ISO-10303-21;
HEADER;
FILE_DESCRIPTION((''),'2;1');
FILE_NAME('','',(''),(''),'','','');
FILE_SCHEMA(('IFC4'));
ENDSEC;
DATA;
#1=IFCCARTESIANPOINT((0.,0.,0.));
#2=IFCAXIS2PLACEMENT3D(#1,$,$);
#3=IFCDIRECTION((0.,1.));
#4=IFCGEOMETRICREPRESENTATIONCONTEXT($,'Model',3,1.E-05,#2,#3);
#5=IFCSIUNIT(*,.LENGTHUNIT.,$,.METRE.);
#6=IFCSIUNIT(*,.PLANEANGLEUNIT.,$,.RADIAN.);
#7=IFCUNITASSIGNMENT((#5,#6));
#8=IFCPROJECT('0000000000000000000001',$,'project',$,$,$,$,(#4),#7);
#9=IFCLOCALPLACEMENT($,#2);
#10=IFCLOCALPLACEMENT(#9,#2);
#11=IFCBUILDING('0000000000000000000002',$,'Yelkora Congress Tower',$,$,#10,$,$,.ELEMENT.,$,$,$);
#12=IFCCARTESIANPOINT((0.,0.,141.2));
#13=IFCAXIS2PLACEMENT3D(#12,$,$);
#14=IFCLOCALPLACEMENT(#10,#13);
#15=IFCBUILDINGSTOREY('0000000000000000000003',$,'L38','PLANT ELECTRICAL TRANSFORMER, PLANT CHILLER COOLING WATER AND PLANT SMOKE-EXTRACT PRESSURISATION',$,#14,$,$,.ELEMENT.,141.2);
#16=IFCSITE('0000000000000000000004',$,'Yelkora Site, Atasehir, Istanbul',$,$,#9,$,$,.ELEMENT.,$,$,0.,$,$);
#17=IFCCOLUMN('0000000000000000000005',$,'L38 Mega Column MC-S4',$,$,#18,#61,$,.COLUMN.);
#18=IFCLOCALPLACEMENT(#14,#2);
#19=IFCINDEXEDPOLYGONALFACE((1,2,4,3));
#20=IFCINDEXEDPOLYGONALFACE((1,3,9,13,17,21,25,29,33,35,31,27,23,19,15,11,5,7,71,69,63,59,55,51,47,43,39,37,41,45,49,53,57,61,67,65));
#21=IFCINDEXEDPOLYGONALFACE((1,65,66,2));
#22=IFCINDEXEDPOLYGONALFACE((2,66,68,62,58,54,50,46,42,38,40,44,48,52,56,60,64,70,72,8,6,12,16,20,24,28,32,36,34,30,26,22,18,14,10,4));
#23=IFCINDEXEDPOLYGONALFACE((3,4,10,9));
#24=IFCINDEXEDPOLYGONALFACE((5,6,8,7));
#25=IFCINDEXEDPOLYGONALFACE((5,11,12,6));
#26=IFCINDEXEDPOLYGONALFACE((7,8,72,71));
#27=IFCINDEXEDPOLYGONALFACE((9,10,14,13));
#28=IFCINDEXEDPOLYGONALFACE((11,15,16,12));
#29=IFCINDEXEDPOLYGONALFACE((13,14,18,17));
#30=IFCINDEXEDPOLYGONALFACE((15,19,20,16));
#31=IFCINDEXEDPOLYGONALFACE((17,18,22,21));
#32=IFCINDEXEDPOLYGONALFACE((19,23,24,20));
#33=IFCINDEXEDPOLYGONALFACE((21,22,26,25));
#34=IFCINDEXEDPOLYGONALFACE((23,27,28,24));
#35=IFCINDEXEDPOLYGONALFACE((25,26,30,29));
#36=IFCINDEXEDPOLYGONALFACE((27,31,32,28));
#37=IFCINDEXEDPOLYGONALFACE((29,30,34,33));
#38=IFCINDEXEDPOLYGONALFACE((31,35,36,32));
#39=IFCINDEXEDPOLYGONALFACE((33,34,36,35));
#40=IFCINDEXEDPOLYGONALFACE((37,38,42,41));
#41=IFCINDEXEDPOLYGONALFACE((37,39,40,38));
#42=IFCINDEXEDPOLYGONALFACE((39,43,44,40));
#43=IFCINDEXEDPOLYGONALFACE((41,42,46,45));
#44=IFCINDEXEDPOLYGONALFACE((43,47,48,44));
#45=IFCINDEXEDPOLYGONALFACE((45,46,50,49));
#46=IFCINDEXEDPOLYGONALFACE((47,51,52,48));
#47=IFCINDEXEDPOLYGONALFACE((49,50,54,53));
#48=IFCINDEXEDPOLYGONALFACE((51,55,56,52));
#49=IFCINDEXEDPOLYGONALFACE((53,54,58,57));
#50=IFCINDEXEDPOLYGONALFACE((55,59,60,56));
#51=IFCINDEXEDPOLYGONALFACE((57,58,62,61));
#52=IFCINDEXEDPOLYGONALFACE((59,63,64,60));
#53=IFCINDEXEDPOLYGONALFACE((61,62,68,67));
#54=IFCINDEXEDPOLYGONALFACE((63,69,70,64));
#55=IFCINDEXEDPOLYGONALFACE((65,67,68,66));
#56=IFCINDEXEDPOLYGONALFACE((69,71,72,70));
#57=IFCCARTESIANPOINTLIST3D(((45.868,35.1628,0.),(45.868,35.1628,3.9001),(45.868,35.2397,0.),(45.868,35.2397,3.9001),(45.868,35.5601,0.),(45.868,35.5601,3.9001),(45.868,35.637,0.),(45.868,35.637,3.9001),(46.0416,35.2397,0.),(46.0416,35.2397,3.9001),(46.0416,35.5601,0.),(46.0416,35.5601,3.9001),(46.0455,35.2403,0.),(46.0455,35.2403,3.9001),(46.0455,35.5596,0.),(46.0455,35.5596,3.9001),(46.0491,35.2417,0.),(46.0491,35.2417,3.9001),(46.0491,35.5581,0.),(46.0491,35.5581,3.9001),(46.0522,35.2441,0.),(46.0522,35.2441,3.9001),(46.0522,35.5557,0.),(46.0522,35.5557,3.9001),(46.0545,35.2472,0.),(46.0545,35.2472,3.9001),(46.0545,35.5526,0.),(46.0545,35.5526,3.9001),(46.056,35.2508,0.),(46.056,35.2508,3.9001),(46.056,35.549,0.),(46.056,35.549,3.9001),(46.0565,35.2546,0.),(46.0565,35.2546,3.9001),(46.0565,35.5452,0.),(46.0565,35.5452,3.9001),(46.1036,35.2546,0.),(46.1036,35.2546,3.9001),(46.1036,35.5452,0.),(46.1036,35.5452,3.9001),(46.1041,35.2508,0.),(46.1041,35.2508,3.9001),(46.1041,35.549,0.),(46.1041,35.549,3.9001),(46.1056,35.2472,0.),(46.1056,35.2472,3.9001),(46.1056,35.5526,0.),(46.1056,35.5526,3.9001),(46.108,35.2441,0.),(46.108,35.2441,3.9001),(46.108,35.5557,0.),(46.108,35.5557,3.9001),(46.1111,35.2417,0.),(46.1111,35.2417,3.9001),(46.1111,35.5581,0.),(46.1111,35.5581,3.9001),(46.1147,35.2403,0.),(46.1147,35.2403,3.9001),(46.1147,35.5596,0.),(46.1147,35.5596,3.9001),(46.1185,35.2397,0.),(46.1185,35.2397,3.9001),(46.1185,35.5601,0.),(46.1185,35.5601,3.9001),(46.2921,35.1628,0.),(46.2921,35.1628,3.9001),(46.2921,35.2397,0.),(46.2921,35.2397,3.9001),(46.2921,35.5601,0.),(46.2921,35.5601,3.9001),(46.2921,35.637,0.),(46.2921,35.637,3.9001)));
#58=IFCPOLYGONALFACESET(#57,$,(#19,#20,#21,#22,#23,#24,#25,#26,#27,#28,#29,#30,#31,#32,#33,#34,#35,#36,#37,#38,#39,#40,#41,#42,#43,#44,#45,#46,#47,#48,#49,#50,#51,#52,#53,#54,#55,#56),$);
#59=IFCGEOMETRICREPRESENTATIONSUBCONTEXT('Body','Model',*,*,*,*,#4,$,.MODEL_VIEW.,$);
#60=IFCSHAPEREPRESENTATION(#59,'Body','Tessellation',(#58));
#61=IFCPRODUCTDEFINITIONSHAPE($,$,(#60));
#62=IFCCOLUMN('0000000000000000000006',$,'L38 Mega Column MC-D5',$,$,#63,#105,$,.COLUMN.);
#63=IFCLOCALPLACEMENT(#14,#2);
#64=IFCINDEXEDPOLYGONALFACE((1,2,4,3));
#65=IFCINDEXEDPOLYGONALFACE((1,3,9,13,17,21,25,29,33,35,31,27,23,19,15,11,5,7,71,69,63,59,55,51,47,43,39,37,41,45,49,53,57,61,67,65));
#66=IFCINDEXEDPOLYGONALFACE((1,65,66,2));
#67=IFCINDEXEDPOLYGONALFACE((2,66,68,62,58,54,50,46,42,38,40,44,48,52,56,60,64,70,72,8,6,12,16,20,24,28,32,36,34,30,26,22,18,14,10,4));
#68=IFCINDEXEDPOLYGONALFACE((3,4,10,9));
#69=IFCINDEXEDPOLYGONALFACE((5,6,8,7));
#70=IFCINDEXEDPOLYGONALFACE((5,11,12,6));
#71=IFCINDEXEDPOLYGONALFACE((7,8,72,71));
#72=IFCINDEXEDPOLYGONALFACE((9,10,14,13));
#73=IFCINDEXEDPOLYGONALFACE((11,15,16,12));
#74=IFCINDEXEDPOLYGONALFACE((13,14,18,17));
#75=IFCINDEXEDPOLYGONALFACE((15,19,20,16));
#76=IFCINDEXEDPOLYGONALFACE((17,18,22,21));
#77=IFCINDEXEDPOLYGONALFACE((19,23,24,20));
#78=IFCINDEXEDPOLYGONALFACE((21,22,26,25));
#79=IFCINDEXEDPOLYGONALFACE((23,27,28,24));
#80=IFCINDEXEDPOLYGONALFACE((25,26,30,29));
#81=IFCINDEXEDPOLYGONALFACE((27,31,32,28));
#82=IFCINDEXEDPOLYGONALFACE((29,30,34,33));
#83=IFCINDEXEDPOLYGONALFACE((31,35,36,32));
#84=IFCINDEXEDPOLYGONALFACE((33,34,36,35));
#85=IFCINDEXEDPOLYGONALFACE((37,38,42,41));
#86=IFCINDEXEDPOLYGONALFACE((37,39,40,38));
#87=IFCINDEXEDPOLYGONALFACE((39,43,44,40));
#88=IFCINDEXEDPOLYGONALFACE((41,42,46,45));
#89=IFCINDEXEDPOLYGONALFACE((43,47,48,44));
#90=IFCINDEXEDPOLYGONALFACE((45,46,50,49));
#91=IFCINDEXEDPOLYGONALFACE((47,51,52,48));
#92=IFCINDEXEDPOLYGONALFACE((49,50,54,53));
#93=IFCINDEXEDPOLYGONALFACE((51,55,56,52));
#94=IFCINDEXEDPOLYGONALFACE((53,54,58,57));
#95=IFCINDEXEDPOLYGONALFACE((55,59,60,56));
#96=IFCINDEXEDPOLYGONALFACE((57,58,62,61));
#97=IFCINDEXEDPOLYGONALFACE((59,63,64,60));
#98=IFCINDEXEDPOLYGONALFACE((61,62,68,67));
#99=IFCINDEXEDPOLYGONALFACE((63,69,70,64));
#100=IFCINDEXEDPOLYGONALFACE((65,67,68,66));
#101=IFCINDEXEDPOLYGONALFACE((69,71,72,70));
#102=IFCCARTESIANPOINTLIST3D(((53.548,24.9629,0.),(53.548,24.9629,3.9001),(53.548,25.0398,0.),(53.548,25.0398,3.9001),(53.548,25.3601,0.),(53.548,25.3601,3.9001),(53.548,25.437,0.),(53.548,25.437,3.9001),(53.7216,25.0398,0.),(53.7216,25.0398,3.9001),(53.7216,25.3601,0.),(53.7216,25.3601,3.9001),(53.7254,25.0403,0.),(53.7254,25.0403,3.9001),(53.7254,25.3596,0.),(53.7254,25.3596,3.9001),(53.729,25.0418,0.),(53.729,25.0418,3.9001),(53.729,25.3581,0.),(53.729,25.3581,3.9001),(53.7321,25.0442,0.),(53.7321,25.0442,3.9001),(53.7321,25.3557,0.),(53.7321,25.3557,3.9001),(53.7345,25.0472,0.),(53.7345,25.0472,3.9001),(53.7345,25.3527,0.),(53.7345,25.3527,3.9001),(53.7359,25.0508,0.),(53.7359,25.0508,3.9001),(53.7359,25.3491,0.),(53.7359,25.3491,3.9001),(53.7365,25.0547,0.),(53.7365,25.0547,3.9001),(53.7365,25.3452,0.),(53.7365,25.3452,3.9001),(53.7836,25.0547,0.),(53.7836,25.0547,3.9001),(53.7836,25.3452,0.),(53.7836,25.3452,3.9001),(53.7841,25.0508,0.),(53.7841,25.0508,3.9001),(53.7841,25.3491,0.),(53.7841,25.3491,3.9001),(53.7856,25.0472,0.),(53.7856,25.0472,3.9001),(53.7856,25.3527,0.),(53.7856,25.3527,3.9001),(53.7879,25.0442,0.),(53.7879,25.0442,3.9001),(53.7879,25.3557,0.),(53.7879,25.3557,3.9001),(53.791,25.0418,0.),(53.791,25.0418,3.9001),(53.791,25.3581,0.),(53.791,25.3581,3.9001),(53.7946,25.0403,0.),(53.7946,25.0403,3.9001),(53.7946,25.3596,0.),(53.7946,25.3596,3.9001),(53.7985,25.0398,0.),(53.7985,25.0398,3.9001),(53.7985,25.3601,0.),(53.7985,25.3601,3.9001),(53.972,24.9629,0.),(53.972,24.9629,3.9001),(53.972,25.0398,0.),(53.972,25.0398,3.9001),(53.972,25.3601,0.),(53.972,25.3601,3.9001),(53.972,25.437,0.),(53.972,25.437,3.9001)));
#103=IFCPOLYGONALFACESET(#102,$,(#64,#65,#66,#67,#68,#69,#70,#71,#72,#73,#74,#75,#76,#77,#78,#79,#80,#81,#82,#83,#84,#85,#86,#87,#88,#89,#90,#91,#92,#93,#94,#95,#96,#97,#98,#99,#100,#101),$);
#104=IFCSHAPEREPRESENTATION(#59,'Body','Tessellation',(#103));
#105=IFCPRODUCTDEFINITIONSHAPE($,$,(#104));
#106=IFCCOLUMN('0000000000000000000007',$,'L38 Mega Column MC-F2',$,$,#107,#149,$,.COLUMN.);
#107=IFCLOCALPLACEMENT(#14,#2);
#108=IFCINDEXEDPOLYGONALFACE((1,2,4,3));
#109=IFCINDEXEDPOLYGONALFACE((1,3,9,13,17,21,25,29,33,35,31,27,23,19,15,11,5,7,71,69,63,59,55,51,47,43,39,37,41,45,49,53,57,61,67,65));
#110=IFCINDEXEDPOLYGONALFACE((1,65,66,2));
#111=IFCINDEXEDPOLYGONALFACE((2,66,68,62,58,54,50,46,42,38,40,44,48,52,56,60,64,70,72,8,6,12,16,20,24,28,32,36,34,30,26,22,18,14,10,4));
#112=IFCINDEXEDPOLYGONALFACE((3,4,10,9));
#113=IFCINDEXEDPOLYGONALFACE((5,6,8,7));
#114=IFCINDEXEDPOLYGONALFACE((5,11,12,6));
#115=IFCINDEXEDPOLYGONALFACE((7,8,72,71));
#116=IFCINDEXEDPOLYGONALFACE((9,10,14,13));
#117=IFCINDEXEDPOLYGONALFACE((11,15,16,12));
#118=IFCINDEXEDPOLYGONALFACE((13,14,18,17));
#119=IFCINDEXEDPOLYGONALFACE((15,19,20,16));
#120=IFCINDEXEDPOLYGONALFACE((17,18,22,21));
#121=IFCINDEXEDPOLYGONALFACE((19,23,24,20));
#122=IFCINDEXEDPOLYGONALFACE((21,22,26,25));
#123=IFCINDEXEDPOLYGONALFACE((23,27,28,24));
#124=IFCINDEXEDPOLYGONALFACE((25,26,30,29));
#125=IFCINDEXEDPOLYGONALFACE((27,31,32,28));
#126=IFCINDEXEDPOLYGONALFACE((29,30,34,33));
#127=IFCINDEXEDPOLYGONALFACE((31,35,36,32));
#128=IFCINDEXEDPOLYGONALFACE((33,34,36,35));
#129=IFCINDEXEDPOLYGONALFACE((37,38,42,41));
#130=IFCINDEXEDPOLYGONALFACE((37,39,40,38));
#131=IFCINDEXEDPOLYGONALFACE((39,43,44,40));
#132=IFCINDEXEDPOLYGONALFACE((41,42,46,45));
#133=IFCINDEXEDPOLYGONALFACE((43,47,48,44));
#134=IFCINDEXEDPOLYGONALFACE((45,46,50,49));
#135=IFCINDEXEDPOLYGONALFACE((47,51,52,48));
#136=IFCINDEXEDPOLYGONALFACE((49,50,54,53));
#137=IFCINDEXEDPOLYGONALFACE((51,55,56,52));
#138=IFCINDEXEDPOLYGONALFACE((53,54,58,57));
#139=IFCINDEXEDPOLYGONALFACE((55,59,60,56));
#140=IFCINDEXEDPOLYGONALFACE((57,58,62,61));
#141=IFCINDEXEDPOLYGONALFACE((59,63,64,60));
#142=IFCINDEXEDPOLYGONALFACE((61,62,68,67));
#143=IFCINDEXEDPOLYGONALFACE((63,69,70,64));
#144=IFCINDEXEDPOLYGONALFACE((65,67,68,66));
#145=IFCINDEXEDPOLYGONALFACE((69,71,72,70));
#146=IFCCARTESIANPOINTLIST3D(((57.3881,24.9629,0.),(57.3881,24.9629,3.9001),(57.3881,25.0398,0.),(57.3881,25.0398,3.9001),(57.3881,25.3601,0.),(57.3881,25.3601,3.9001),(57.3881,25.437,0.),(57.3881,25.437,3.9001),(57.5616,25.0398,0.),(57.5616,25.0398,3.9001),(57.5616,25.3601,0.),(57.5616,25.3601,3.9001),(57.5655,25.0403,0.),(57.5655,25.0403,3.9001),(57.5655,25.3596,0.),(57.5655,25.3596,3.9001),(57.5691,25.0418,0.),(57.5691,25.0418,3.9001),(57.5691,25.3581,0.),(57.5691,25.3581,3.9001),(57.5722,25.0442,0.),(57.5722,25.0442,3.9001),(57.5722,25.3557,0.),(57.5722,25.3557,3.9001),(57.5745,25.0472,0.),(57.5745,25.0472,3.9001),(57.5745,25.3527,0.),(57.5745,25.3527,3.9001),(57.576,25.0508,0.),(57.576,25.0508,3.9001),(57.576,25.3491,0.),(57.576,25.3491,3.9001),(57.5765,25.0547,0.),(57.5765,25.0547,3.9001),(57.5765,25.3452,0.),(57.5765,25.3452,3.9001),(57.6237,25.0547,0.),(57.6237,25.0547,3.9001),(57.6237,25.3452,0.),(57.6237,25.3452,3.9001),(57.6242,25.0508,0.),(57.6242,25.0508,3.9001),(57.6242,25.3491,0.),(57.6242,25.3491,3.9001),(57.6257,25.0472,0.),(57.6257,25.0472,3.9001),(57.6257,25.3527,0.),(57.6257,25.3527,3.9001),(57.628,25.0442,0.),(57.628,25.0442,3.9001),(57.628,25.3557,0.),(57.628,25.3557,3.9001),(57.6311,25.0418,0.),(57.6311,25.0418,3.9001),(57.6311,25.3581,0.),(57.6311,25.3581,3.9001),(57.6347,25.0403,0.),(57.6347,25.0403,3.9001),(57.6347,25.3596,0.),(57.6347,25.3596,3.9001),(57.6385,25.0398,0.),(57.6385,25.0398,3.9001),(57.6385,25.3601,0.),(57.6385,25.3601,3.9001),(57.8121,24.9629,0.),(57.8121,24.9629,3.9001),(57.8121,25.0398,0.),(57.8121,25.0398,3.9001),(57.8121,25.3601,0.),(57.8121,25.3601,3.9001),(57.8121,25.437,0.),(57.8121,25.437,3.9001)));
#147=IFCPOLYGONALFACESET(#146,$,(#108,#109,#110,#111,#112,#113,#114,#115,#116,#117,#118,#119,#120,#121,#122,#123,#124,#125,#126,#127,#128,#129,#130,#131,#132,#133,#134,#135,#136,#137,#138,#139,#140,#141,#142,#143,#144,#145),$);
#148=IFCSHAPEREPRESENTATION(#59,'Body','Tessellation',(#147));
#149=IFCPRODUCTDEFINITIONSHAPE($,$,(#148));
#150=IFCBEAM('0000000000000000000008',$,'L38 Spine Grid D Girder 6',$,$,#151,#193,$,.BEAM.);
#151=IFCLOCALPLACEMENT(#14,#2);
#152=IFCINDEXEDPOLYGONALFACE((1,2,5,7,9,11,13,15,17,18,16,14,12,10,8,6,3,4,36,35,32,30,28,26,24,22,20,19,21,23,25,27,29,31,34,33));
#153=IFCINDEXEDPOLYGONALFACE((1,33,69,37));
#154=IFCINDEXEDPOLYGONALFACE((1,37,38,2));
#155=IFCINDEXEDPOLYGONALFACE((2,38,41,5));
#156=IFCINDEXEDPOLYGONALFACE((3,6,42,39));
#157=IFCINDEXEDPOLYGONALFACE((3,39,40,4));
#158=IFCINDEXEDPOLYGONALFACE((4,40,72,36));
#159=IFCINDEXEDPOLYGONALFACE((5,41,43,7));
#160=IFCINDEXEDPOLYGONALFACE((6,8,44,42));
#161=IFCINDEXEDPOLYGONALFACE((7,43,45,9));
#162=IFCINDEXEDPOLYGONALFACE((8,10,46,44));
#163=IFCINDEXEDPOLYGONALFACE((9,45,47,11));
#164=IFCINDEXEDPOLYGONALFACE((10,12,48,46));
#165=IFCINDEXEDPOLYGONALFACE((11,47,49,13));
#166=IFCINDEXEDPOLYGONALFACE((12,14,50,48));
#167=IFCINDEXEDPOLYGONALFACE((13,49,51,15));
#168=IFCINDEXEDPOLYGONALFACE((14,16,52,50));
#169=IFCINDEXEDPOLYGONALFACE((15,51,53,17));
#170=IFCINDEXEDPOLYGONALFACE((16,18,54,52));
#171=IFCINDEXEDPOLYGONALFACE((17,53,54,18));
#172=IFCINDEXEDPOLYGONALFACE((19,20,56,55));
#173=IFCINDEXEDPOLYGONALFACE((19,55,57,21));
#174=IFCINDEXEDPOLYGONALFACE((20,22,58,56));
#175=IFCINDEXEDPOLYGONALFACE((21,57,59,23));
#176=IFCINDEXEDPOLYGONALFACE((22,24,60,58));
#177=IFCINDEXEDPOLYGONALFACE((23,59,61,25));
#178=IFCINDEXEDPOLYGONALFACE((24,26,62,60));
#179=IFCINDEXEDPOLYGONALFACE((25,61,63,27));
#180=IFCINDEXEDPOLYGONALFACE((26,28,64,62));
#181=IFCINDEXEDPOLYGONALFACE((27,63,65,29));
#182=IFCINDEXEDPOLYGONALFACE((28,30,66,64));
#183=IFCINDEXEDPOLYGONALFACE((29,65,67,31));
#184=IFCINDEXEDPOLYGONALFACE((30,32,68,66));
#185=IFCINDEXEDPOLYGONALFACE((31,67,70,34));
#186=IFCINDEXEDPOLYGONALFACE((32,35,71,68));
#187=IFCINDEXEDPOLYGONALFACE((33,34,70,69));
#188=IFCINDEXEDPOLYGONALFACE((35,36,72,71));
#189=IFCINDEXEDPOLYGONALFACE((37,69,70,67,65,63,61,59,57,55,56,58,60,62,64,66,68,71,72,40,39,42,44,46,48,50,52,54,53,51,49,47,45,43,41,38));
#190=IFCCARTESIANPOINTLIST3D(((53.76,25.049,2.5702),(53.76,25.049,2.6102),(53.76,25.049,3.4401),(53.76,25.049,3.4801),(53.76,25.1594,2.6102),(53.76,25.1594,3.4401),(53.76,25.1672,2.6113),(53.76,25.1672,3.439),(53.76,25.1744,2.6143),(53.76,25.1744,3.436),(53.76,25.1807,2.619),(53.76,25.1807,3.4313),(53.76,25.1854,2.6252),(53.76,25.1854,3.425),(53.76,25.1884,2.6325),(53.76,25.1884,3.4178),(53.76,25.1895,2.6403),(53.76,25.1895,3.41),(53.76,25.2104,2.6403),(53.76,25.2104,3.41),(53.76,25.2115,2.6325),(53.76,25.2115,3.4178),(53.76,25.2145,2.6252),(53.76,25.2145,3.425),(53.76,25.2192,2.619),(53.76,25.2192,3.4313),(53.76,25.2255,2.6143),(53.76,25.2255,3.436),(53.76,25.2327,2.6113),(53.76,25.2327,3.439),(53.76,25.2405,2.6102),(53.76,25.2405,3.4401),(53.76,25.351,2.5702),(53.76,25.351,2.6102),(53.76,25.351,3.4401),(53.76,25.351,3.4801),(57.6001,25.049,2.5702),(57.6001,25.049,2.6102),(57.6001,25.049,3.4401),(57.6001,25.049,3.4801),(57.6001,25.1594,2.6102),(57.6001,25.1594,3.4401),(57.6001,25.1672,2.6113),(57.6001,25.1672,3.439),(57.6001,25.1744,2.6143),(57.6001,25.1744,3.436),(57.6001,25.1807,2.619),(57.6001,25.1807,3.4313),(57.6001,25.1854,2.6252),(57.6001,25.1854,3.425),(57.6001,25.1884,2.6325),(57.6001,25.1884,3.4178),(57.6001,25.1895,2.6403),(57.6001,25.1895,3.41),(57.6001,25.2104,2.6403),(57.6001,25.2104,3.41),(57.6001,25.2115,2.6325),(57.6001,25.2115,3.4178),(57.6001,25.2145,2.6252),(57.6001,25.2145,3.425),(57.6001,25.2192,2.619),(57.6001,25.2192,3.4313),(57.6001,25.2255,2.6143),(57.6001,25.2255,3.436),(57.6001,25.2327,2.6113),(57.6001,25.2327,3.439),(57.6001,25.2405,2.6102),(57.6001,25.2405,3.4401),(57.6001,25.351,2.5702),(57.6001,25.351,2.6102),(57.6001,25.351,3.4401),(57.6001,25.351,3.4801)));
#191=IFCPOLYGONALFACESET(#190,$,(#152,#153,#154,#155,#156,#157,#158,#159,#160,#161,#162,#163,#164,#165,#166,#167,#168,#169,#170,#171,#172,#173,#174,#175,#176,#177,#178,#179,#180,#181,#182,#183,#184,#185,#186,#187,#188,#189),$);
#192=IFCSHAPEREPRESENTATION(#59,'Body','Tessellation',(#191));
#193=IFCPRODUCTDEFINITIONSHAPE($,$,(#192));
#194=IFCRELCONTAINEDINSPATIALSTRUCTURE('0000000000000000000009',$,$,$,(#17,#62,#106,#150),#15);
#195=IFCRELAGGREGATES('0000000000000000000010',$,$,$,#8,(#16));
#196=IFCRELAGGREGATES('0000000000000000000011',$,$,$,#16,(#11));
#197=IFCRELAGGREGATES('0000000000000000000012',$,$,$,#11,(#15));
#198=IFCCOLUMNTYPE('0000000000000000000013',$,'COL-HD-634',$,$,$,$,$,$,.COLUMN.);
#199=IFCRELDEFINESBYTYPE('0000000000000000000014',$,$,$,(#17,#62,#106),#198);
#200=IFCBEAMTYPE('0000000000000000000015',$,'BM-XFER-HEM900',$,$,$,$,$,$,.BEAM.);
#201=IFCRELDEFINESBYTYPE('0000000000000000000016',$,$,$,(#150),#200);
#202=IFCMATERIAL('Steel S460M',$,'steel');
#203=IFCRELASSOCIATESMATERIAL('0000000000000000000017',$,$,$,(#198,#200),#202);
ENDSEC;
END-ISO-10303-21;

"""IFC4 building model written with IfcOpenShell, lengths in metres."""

from ifc_helpers import new_model, si_unit, direction, frame, origin, origin_2d, place, context, subcontext, project, spatial, i_section, extrude, material, material_profile, profile_set, type_object, element, save


model = new_model("IFC4")

# Units and contexts
model_context = context("Model", 3, precision=1e-05, world=origin(), true_north=direction((0.0, 1.0)))
body_context = subcontext(model_context, "Body", "Model", "MODEL_VIEW")
ifc_project = project(units=[si_unit("LENGTHUNIT", "METRE"), si_unit("PLANEANGLEUNIT", "RADIAN")], contexts=[model_context])

# Site, building, storey
site_placement = place(None, origin())
site = spatial("IfcSite", under=ifc_project, at=site_placement, Name="Yelkora Site, Atasehir, Istanbul", CompositionType="ELEMENT", RefElevation=0.0)
building_placement = place(site_placement, origin())
building = spatial("IfcBuilding", under=site, at=building_placement, Name="Yelkora Congress Tower", CompositionType="ELEMENT")
storey_placement = place(building_placement, frame((0.0, 0.0, 141.2)))
storey = spatial("IfcBuildingStorey", under=building, at=storey_placement, Name="L38", Description="PLANT ELECTRICAL TRANSFORMER, PLANT CHILLER COOLING WATER AND PLANT SMOKE-EXTRACT PRESSURISATION", CompositionType="ELEMENT", Elevation=141.2)

# Columns
ifc_material_1 = material(Name="Steel S460M", Category="steel")
ifc_material_profile_1 = material_profile(ifc_material_1, i_section(OverallWidth=0.4241, OverallDepth=0.4741, WebThickness=0.0471, FlangeThickness=0.0769, FilletRadius=0.0149, at=origin_2d()), Name="HD 400x634")
ifc_profile_set_1 = profile_set([ifc_material_profile_1], Name="Steel S460M")
column_type = type_object("IfcColumnType", Name="COL-HD-634", PredefinedType="COLUMN", material=ifc_profile_set_1)
for number, where, z_axis, x_axis, name in (
    (1, (46.0801, 35.3999, 0.0), (0.0, 0.0, 1.0), (1.0, 0.0, 0.0), "L38 Mega Column MC-S4"),
    (2, (53.76, 25.2, 0.0), (0.0, 0.0, 1.0), (1.0, 0.0, 0.0), "L38 Mega Column MC-D5"),
    (3, (57.6001, 25.2, 0.0), (0.0, 0.0, 1.0), (1.0, 0.0, 0.0), "L38 Mega Column MC-F2"),
):
    element("IfcColumn", number, at=place(storey_placement, frame(where, z_axis=z_axis, x_axis=x_axis)), inside=storey, type_object=column_type, Name=name, PredefinedType="COLUMN", context=body_context, shape_type="SweptSolid", body=[
        extrude(i_section(OverallWidth=0.4241, OverallDepth=0.4741, WebThickness=0.0471, FlangeThickness=0.0769, FilletRadius=0.0149, at=origin_2d()), origin(), (0.0, 0.0, 1.0), 3.9001),
    ])

# Beam
ifc_material_profile_2 = material_profile(ifc_material_1, i_section(OverallWidth=0.302, OverallDepth=0.9099, WebThickness=0.021, FlangeThickness=0.04, FilletRadius=0.03, at=origin_2d()), Name="HEM 900")
ifc_profile_set_2 = profile_set([ifc_material_profile_2], Name="Steel S460M")
beam_type = type_object("IfcBeamType", Name="BM-XFER-HEM900", PredefinedType="BEAM", material=ifc_profile_set_2)
beam_1_placement = place(storey_placement, frame((53.76, 25.2, 3.0251), z_axis=(1.0, 0.0, 0.0), x_axis=(0.0, 1.0, 0.0)))
element("IfcBeam", 4, at=beam_1_placement, inside=storey, type_object=beam_type, Name="L38 Spine Grid D Girder 6", PredefinedType="BEAM", context=body_context, shape_type="SweptSolid", body=[
    extrude(i_section(OverallWidth=0.302, OverallDepth=0.9099, WebThickness=0.021, FlangeThickness=0.04, FilletRadius=0.03, at=origin_2d()), origin(), (0.0, 0.0, 1.0), 3.8401),
])

save(model, "model.ifc")
